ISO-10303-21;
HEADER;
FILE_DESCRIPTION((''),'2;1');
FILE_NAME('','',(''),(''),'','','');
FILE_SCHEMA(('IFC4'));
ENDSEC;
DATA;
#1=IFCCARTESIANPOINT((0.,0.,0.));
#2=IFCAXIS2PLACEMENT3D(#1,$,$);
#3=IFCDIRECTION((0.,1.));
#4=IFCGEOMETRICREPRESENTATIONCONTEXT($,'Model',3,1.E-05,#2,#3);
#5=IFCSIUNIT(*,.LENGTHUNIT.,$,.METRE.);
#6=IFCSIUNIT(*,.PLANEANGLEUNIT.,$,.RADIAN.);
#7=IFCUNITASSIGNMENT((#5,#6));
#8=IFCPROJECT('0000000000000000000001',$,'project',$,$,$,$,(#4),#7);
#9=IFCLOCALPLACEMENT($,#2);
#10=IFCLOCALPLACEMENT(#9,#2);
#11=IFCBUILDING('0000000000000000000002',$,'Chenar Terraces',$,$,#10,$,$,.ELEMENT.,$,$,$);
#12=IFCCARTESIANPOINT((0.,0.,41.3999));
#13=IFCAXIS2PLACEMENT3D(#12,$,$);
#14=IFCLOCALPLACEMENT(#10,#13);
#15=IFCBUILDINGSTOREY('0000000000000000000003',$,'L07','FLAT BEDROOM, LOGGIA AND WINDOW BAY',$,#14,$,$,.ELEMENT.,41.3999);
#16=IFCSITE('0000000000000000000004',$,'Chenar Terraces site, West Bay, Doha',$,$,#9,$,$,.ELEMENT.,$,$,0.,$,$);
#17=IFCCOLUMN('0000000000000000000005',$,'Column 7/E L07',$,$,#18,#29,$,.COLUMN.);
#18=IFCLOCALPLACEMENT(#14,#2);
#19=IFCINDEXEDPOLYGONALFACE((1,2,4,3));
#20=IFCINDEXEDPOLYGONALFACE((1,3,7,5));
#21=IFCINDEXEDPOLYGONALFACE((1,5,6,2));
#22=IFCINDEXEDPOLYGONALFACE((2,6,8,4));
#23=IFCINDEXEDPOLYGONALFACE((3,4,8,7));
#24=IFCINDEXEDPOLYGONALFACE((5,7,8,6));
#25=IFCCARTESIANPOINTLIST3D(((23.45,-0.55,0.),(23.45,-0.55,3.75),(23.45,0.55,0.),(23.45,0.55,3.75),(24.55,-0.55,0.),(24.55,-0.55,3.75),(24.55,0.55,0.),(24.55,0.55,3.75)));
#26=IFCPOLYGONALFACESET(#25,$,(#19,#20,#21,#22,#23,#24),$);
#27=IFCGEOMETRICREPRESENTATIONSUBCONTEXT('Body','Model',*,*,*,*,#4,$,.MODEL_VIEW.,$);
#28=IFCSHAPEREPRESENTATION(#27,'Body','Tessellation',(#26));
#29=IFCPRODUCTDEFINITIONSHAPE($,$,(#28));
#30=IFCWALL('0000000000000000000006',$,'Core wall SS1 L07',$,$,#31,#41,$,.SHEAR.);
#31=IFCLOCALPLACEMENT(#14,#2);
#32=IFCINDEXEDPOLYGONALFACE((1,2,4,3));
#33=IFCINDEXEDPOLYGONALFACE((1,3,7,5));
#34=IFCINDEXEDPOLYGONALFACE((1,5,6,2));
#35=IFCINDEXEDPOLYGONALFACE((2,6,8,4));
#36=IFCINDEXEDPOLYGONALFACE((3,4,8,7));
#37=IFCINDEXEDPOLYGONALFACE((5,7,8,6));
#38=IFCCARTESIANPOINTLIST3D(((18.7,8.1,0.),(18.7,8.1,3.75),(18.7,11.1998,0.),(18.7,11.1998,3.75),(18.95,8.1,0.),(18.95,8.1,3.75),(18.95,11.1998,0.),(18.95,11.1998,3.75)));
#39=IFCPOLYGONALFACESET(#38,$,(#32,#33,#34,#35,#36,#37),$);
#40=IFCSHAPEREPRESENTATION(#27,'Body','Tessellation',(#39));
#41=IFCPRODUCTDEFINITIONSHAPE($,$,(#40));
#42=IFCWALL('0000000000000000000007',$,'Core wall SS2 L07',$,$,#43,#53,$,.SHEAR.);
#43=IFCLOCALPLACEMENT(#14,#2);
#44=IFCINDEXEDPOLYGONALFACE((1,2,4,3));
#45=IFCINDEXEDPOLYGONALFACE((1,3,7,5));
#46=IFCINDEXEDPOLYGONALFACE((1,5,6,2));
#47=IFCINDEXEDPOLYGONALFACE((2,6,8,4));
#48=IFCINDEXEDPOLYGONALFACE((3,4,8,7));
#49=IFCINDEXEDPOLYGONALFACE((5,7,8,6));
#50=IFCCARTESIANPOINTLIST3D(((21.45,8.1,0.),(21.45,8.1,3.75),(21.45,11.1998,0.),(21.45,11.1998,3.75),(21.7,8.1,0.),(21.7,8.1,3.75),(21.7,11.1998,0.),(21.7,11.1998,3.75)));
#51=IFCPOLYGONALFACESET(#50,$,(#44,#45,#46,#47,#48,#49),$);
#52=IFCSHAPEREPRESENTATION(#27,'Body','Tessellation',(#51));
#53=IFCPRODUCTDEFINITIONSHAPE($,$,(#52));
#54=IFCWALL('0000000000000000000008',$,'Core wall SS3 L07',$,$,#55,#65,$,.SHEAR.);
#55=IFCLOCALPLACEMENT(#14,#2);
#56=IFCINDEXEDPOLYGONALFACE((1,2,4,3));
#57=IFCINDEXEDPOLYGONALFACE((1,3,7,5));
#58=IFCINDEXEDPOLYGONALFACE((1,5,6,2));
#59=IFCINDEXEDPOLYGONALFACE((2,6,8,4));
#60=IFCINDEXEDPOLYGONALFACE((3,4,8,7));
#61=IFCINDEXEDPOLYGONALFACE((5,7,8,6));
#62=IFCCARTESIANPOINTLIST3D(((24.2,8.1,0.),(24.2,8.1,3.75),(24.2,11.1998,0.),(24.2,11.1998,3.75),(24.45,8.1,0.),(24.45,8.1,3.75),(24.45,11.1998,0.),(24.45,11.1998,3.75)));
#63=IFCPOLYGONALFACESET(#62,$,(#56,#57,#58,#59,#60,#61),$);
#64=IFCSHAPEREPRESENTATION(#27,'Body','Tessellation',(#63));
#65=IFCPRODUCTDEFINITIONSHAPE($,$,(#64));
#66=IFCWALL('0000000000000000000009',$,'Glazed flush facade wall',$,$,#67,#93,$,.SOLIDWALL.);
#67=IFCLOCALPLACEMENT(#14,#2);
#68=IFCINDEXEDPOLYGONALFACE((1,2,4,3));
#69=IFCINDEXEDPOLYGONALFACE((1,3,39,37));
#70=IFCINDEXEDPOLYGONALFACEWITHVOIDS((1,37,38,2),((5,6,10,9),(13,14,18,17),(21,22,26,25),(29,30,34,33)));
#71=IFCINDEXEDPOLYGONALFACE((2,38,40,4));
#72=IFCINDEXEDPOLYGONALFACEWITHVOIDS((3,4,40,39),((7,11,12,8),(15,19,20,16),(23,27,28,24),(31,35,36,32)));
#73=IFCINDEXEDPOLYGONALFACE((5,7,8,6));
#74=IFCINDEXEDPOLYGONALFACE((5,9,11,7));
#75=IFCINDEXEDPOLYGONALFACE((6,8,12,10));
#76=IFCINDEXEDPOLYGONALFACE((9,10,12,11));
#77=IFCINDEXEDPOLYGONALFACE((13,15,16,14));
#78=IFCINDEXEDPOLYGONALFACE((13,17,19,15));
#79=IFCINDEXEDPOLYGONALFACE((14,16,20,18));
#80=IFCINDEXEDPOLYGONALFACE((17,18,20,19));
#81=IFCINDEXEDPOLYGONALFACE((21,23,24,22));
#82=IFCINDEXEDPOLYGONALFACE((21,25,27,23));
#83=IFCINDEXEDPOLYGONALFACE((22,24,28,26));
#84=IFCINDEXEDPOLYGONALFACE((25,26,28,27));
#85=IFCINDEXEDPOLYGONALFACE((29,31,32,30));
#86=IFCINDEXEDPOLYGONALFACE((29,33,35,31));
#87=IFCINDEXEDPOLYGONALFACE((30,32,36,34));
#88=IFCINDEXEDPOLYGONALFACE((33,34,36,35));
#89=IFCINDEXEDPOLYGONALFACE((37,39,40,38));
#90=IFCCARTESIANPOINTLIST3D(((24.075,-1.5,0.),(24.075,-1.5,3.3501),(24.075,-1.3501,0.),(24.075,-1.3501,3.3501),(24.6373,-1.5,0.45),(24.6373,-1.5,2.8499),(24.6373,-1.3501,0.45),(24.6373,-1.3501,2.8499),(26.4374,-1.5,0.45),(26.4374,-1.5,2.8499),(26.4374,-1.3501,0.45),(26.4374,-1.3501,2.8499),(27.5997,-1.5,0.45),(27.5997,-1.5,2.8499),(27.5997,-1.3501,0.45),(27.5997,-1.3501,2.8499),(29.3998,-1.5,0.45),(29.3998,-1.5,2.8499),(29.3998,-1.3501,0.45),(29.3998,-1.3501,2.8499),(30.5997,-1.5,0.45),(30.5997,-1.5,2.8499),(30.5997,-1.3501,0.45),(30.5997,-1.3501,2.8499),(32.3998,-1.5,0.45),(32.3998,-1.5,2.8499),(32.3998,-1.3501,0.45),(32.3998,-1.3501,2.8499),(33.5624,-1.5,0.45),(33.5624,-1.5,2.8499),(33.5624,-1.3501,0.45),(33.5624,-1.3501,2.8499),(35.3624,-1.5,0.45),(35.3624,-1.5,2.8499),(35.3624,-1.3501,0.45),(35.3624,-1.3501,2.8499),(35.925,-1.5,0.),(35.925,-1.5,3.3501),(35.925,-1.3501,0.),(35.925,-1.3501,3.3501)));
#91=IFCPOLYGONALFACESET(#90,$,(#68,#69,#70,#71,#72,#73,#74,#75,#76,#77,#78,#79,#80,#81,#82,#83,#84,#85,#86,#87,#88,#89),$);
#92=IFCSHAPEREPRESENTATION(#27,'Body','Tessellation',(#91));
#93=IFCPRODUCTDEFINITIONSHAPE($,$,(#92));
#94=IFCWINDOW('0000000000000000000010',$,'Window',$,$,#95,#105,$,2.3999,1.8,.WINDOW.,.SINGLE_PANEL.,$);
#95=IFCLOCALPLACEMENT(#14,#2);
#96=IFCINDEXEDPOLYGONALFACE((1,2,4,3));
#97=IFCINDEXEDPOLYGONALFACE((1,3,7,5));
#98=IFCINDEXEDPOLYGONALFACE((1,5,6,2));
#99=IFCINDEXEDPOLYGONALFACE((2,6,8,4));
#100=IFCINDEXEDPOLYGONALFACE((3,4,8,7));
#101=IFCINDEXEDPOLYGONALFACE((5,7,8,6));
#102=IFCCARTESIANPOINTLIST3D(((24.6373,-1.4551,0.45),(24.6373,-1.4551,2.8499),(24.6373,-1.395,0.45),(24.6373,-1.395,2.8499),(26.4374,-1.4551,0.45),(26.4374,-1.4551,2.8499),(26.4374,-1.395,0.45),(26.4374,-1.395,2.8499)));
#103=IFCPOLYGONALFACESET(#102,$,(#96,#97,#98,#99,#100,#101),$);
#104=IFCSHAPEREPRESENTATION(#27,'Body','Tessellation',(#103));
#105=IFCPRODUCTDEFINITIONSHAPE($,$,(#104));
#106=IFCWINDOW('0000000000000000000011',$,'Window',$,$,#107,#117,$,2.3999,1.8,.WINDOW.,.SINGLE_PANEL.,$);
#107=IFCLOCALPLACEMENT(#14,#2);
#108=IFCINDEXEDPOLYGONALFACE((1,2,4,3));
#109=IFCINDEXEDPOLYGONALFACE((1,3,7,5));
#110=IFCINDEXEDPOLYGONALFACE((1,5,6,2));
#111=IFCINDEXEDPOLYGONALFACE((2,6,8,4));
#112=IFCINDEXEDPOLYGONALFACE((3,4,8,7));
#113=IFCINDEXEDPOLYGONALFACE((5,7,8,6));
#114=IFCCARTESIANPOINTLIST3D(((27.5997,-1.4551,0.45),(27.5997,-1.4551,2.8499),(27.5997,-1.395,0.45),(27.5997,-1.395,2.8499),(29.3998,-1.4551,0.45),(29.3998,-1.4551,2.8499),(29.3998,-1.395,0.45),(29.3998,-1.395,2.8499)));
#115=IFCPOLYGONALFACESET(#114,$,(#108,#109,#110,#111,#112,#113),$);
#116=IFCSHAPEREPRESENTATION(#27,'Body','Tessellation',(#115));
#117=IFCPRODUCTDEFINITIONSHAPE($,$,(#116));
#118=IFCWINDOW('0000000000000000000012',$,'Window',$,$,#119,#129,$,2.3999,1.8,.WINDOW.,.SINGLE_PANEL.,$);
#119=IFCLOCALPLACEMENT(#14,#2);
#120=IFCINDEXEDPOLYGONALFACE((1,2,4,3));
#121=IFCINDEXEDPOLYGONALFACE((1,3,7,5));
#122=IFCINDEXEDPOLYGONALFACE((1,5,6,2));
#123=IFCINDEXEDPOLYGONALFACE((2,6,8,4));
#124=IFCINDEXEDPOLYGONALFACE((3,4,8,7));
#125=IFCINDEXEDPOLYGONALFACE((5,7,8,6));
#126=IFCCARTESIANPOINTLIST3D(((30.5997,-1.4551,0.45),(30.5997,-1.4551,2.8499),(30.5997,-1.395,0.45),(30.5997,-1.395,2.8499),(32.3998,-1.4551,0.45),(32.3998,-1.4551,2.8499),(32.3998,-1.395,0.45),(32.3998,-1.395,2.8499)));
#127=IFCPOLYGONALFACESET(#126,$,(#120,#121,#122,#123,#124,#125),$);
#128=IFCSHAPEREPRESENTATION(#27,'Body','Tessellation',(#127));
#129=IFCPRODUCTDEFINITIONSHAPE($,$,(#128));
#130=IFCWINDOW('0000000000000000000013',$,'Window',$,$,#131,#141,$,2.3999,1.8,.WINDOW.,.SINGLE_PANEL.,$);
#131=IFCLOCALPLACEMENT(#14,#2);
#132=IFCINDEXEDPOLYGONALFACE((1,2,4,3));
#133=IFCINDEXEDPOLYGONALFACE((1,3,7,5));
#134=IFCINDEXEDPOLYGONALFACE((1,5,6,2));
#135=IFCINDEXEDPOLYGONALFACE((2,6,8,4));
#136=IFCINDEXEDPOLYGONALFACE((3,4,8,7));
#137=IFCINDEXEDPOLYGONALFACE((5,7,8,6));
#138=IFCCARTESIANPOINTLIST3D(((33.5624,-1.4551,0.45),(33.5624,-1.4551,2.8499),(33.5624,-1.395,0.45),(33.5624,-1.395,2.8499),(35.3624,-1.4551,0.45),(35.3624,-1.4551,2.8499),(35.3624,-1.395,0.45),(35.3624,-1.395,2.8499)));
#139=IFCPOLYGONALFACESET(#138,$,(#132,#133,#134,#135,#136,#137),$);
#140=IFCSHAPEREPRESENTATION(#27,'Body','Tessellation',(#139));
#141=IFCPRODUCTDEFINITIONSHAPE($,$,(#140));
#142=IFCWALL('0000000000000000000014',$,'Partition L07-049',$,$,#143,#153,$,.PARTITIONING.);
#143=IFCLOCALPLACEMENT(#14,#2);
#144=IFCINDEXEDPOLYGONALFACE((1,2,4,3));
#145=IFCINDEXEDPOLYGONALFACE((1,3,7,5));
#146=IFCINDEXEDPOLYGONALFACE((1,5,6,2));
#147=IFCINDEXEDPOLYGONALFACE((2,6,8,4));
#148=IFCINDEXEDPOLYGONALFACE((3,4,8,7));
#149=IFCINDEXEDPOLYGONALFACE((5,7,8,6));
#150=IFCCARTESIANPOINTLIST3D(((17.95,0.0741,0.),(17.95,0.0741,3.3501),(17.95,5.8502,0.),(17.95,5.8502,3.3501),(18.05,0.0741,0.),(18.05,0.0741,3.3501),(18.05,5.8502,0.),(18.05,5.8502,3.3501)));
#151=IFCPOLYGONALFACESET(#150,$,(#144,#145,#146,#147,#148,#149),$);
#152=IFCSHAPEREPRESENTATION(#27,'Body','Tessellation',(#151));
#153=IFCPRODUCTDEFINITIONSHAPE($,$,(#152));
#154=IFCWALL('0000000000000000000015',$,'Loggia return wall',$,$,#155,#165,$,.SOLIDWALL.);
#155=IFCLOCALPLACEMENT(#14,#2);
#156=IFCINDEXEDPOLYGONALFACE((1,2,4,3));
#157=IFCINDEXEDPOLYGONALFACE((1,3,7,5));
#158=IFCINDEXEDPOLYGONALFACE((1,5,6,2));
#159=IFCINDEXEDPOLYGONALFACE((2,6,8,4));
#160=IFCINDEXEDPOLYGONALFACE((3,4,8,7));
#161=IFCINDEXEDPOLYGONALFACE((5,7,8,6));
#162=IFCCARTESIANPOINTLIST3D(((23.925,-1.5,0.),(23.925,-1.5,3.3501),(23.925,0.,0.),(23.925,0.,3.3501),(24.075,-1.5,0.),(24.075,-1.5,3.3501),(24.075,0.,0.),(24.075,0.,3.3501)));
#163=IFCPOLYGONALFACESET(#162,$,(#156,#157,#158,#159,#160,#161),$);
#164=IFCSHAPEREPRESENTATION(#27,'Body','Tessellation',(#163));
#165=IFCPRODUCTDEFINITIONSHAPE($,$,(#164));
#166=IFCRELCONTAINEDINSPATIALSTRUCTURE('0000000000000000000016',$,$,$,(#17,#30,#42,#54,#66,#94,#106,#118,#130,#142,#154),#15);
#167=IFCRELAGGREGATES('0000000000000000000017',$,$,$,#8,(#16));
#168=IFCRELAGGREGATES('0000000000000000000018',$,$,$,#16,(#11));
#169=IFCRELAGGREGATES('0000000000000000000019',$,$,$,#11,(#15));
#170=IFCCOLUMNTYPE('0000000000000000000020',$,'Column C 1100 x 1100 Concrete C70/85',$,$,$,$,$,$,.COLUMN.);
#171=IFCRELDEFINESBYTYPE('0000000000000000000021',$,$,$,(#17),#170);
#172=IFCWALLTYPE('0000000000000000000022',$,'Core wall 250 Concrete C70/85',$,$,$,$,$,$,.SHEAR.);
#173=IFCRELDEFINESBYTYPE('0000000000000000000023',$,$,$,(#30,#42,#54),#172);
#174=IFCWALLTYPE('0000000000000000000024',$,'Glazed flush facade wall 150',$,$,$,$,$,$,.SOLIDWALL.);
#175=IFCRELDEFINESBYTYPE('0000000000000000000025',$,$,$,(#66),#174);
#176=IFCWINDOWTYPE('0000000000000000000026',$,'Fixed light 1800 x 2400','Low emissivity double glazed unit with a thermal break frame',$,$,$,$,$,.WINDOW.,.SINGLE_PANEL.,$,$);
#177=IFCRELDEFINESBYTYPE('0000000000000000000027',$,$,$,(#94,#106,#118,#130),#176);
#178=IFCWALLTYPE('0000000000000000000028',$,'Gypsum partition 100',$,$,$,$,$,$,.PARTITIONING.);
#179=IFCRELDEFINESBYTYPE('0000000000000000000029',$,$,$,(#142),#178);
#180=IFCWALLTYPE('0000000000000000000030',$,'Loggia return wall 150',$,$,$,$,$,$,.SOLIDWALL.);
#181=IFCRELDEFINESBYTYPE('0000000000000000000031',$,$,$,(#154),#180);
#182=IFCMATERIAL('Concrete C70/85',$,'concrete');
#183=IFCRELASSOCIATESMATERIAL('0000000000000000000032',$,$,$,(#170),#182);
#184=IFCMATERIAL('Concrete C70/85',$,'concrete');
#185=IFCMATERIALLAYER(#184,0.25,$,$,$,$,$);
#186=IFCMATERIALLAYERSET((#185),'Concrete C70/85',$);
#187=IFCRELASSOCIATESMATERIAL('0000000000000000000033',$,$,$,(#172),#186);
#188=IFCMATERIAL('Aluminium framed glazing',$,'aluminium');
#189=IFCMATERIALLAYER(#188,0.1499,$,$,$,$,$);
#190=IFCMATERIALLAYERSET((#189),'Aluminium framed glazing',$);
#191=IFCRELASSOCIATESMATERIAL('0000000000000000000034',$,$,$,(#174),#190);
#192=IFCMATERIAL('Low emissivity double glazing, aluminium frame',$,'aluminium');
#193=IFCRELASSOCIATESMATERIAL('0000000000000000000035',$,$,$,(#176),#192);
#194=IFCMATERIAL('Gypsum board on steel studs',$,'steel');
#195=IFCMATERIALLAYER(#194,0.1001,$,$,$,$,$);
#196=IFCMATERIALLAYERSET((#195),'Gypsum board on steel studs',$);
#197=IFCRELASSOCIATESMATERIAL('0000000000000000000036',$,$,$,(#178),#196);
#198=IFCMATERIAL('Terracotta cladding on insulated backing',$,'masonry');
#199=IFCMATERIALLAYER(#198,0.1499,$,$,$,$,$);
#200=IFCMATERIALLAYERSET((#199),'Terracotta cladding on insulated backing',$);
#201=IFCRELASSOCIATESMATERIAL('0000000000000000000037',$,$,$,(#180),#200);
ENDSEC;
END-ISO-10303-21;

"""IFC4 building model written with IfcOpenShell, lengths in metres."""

from ifc_helpers import new_model, si_unit, direction, frame, frame_2d, origin, origin_2d, place, context, subcontext, project, spatial, rectangle, extrude, material, layer, layer_set, material_profile, profile_set, type_object, element, fill, save


model = new_model("IFC4")

# Units and contexts
model_context = context("Model", 3, precision=1e-05, world=origin(), true_north=direction((0.0, 1.0)))
body_context = subcontext(model_context, "Body", "Model", "MODEL_VIEW")
ifc_project = project(units=[si_unit("LENGTHUNIT", "METRE"), si_unit("PLANEANGLEUNIT", "RADIAN")], contexts=[model_context])

# Site, building, storey
site_placement = place(None, origin())
site = spatial("IfcSite", under=ifc_project, at=site_placement, Name="Chenar Terraces site, West Bay, Doha", CompositionType="ELEMENT", RefElevation=0.0)
building_placement = place(site_placement, origin())
building = spatial("IfcBuilding", under=site, at=building_placement, Name="Chenar Terraces", CompositionType="ELEMENT")
storey_placement = place(building_placement, frame((0.0, 0.0, 41.3999)))
storey = spatial("IfcBuildingStorey", under=building, at=storey_placement, Name="L07", Description="FLAT BEDROOM, LOGGIA AND WINDOW BAY", CompositionType="ELEMENT", Elevation=41.3999)

# Column
ifc_material_1 = material(Name="Concrete C70/85", Category="concrete")
ifc_material_profile_1 = material_profile(ifc_material_1, rectangle(XDim=1.1001, YDim=1.1001, at=origin_2d()), Name="C 1100 x 1100")
ifc_profile_set_1 = profile_set([ifc_material_profile_1], Name="Concrete C70/85")
column_type = type_object("IfcColumnType", Name="Column C 1100 x 1100 Concrete C70/85", PredefinedType="COLUMN", material=ifc_profile_set_1)
column_placement = place(storey_placement, frame((24.0, 0.0, 0.0), z_axis=(0.0, 0.0, 1.0), x_axis=(1.0, 0.0, 0.0)))
element("IfcColumn", 1, at=column_placement, inside=storey, type_object=column_type, Name="Column 7/E L07", PredefinedType="COLUMN", context=body_context, shape_type="SweptSolid", body=[
    extrude(rectangle(XDim=1.1001, YDim=1.1001, at=origin_2d()), origin(), (0.0, 0.0, 1.0), 3.75),
])

# Walls
ifc_material_2 = material(Name="Concrete C70/85", Category="concrete")
ifc_layer_1 = layer(ifc_material_2, 0.25)
ifc_layer_set_1 = layer_set([ifc_layer_1], Name="Concrete C70/85")
wall_type_1 = type_object("IfcWallType", Name="Core wall 250 Concrete C70/85", PredefinedType="SHEAR", material=ifc_layer_set_1)
for number, where, z_axis, x_axis, name in (
    (2, (18.825, 8.1001, 0.0), (0.0, 0.0, 1.0), (0.0, 1.0, 0.0), "Core wall SS1 L07"),
    (3, (21.575, 8.1001, 0.0), (0.0, 0.0, 1.0), (0.0, 1.0, 0.0), "Core wall SS2 L07"),
    (4, (24.325, 8.1001, 0.0), (0.0, 0.0, 1.0), (0.0, 1.0, 0.0), "Core wall SS3 L07"),
):
    element("IfcWall", number, at=place(storey_placement, frame(where, z_axis=z_axis, x_axis=x_axis)), inside=storey, type_object=wall_type_1, Name=name, PredefinedType="SHEAR", context=body_context, shape_type="SweptSolid", body=[
        extrude(rectangle(XDim=3.0999, YDim=0.25, at=frame_2d((1.5498, 0.0))), origin(), (0.0, 0.0, 1.0), 3.75),
    ])

# Wall, openings, windows
ifc_material_3 = material(Name="Aluminium framed glazing", Category="aluminium")
ifc_layer_2 = layer(ifc_material_3, 0.1499)
ifc_layer_set_2 = layer_set([ifc_layer_2], Name="Aluminium framed glazing")
wall_type_2 = type_object("IfcWallType", Name="Glazed flush facade wall 150", PredefinedType="SOLIDWALL", material=ifc_layer_set_2)
wall_1_placement = place(storey_placement, frame((24.075, -1.425, 0.0), z_axis=(0.0, 0.0, 1.0), x_axis=(1.0, 0.0, 0.0)))
wall_1 = element("IfcWall", 5, at=wall_1_placement, inside=storey, type_object=wall_type_2, Name="Glazed flush facade wall", PredefinedType="SOLIDWALL", context=body_context, shape_type="SweptSolid", body=[
    extrude(rectangle(XDim=11.8501, YDim=0.1499, at=frame_2d((5.925, 0.0))), origin(), (0.0, 0.0, 1.0), 3.3501),
])
opening_1_placement = place(wall_1_placement, frame((0.5625, 0.0, 0.45)))
opening_1 = element("IfcOpeningElement", 6, at=opening_1_placement, cuts=wall_1, PredefinedType="OPENING", context=body_context, shape_type="SweptSolid", body=[
    extrude(rectangle(XDim=1.8, YDim=2.3999, at=frame_2d((0.8999, 1.2))), frame((0.0, 0.085, 0.0), z_axis=(0.0, -1.0, 0.0), x_axis=(1.0, 0.0, 0.0)), (0.0, 0.0, 1.0), 0.1699),
])
opening_2_placement = place(wall_1_placement, frame((3.5249, 0.0, 0.45)))
opening_2 = element("IfcOpeningElement", 7, at=opening_2_placement, cuts=wall_1, PredefinedType="OPENING", context=body_context, shape_type="SweptSolid", body=[
    extrude(rectangle(XDim=1.8, YDim=2.3999, at=frame_2d((0.8999, 1.2))), frame((0.0, 0.085, 0.0), z_axis=(0.0, -1.0, 0.0), x_axis=(1.0, 0.0, 0.0)), (0.0, 0.0, 1.0), 0.1699),
])
opening_3_placement = place(wall_1_placement, frame((6.5249, 0.0, 0.45)))
opening_3 = element("IfcOpeningElement", 8, at=opening_3_placement, cuts=wall_1, PredefinedType="OPENING", context=body_context, shape_type="SweptSolid", body=[
    extrude(rectangle(XDim=1.8, YDim=2.3999, at=frame_2d((0.8999, 1.2))), frame((0.0, 0.085, 0.0), z_axis=(0.0, -1.0, 0.0), x_axis=(1.0, 0.0, 0.0)), (0.0, 0.0, 1.0), 0.1699),
])
opening_4_placement = place(wall_1_placement, frame((9.4875, 0.0, 0.45)))
opening_4 = element("IfcOpeningElement", 9, at=opening_4_placement, cuts=wall_1, PredefinedType="OPENING", context=body_context, shape_type="SweptSolid", body=[
    extrude(rectangle(XDim=1.8, YDim=2.3999, at=frame_2d((0.8999, 1.2))), frame((0.0, 0.085, 0.0), z_axis=(0.0, -1.0, 0.0), x_axis=(1.0, 0.0, 0.0)), (0.0, 0.0, 1.0), 0.1699),
])
ifc_material_4 = material(Name="Low emissivity double glazing, aluminium frame", Category="aluminium")
window_type = type_object("IfcWindowType", Name="Fixed light 1800 x 2400", Description="Low emissivity double glazed unit with a thermal break frame", PartitioningType="SINGLE_PANEL", PredefinedType="WINDOW", material=ifc_material_4)
window_1_placement = place(opening_1_placement, origin())
window_1 = element("IfcWindow", 10, at=window_1_placement, inside=storey, type_object=window_type, Name="Window", OverallHeight=2.3999, OverallWidth=1.8, PartitioningType="SINGLE_PANEL", PredefinedType="WINDOW", context=body_context, shape_type="SweptSolid", body=[
    extrude(rectangle(XDim=1.8, YDim=2.3999, at=frame_2d((0.8999, 1.2))), frame((0.0, 0.03, 0.0), z_axis=(0.0, -1.0, 0.0), x_axis=(1.0, 0.0, 0.0)), (0.0, 0.0, 1.0), 0.0601),
])
fill(opening_1, window_1)
window_2_placement = place(opening_2_placement, origin())
window_2 = element("IfcWindow", 11, at=window_2_placement, inside=storey, type_object=window_type, Name="Window", OverallHeight=2.3999, OverallWidth=1.8, PartitioningType="SINGLE_PANEL", PredefinedType="WINDOW", context=body_context, shape_type="SweptSolid", body=[
    extrude(rectangle(XDim=1.8, YDim=2.3999, at=frame_2d((0.8999, 1.2))), frame((0.0, 0.03, 0.0), z_axis=(0.0, -1.0, 0.0), x_axis=(1.0, 0.0, 0.0)), (0.0, 0.0, 1.0), 0.0601),
])
fill(opening_2, window_2)
window_3_placement = place(opening_3_placement, origin())
window_3 = element("IfcWindow", 12, at=window_3_placement, inside=storey, type_object=window_type, Name="Window", OverallHeight=2.3999, OverallWidth=1.8, PartitioningType="SINGLE_PANEL", PredefinedType="WINDOW", context=body_context, shape_type="SweptSolid", body=[
    extrude(rectangle(XDim=1.8, YDim=2.3999, at=frame_2d((0.8999, 1.2))), frame((0.0, 0.03, 0.0), z_axis=(0.0, -1.0, 0.0), x_axis=(1.0, 0.0, 0.0)), (0.0, 0.0, 1.0), 0.0601),
])
fill(opening_3, window_3)
window_4_placement = place(opening_4_placement, origin())
window_4 = element("IfcWindow", 13, at=window_4_placement, inside=storey, type_object=window_type, Name="Window", OverallHeight=2.3999, OverallWidth=1.8, PartitioningType="SINGLE_PANEL", PredefinedType="WINDOW", context=body_context, shape_type="SweptSolid", body=[
    extrude(rectangle(XDim=1.8, YDim=2.3999, at=frame_2d((0.8999, 1.2))), frame((0.0, 0.03, 0.0), z_axis=(0.0, -1.0, 0.0), x_axis=(1.0, 0.0, 0.0)), (0.0, 0.0, 1.0), 0.0601),
])
fill(opening_4, window_4)

# Walls
ifc_material_5 = material(Name="Gypsum board on steel studs", Category="steel")
ifc_layer_3 = layer(ifc_material_5, 0.1001)
ifc_layer_set_3 = layer_set([ifc_layer_3], Name="Gypsum board on steel studs")
wall_type_3 = type_object("IfcWallType", Name="Gypsum partition 100", PredefinedType="PARTITIONING", material=ifc_layer_set_3)
wall_2_placement = place(storey_placement, frame((18.0, 0.074, 0.0), z_axis=(0.0, 0.0, 1.0), x_axis=(0.0, 1.0, 0.0)))
element("IfcWall", 14, at=wall_2_placement, inside=storey, type_object=wall_type_3, Name="Partition L07-049", PredefinedType="PARTITIONING", context=body_context, shape_type="SweptSolid", body=[
    extrude(rectangle(XDim=5.7761, YDim=0.1001, at=frame_2d((2.8882, 0.0))), origin(), (0.0, 0.0, 1.0), 3.3501),
])
ifc_material_6 = material(Name="Terracotta cladding on insulated backing", Category="masonry")
ifc_layer_4 = layer(ifc_material_6, 0.1499)
ifc_layer_set_4 = layer_set([ifc_layer_4], Name="Terracotta cladding on insulated backing")
wall_type_4 = type_object("IfcWallType", Name="Loggia return wall 150", PredefinedType="SOLIDWALL", material=ifc_layer_set_4)
wall_3_placement = place(storey_placement, frame((24.0, -1.5, 0.0), z_axis=(0.0, 0.0, 1.0), x_axis=(0.0, 1.0, 0.0)))
element("IfcWall", 15, at=wall_3_placement, inside=storey, type_object=wall_type_4, Name="Loggia return wall", PredefinedType="SOLIDWALL", context=body_context, shape_type="SweptSolid", body=[
    extrude(rectangle(XDim=1.5, YDim=0.1499, at=frame_2d((0.75, 0.0))), origin(), (0.0, 0.0, 1.0), 3.3501),
])

save(model, "model.ifc")
